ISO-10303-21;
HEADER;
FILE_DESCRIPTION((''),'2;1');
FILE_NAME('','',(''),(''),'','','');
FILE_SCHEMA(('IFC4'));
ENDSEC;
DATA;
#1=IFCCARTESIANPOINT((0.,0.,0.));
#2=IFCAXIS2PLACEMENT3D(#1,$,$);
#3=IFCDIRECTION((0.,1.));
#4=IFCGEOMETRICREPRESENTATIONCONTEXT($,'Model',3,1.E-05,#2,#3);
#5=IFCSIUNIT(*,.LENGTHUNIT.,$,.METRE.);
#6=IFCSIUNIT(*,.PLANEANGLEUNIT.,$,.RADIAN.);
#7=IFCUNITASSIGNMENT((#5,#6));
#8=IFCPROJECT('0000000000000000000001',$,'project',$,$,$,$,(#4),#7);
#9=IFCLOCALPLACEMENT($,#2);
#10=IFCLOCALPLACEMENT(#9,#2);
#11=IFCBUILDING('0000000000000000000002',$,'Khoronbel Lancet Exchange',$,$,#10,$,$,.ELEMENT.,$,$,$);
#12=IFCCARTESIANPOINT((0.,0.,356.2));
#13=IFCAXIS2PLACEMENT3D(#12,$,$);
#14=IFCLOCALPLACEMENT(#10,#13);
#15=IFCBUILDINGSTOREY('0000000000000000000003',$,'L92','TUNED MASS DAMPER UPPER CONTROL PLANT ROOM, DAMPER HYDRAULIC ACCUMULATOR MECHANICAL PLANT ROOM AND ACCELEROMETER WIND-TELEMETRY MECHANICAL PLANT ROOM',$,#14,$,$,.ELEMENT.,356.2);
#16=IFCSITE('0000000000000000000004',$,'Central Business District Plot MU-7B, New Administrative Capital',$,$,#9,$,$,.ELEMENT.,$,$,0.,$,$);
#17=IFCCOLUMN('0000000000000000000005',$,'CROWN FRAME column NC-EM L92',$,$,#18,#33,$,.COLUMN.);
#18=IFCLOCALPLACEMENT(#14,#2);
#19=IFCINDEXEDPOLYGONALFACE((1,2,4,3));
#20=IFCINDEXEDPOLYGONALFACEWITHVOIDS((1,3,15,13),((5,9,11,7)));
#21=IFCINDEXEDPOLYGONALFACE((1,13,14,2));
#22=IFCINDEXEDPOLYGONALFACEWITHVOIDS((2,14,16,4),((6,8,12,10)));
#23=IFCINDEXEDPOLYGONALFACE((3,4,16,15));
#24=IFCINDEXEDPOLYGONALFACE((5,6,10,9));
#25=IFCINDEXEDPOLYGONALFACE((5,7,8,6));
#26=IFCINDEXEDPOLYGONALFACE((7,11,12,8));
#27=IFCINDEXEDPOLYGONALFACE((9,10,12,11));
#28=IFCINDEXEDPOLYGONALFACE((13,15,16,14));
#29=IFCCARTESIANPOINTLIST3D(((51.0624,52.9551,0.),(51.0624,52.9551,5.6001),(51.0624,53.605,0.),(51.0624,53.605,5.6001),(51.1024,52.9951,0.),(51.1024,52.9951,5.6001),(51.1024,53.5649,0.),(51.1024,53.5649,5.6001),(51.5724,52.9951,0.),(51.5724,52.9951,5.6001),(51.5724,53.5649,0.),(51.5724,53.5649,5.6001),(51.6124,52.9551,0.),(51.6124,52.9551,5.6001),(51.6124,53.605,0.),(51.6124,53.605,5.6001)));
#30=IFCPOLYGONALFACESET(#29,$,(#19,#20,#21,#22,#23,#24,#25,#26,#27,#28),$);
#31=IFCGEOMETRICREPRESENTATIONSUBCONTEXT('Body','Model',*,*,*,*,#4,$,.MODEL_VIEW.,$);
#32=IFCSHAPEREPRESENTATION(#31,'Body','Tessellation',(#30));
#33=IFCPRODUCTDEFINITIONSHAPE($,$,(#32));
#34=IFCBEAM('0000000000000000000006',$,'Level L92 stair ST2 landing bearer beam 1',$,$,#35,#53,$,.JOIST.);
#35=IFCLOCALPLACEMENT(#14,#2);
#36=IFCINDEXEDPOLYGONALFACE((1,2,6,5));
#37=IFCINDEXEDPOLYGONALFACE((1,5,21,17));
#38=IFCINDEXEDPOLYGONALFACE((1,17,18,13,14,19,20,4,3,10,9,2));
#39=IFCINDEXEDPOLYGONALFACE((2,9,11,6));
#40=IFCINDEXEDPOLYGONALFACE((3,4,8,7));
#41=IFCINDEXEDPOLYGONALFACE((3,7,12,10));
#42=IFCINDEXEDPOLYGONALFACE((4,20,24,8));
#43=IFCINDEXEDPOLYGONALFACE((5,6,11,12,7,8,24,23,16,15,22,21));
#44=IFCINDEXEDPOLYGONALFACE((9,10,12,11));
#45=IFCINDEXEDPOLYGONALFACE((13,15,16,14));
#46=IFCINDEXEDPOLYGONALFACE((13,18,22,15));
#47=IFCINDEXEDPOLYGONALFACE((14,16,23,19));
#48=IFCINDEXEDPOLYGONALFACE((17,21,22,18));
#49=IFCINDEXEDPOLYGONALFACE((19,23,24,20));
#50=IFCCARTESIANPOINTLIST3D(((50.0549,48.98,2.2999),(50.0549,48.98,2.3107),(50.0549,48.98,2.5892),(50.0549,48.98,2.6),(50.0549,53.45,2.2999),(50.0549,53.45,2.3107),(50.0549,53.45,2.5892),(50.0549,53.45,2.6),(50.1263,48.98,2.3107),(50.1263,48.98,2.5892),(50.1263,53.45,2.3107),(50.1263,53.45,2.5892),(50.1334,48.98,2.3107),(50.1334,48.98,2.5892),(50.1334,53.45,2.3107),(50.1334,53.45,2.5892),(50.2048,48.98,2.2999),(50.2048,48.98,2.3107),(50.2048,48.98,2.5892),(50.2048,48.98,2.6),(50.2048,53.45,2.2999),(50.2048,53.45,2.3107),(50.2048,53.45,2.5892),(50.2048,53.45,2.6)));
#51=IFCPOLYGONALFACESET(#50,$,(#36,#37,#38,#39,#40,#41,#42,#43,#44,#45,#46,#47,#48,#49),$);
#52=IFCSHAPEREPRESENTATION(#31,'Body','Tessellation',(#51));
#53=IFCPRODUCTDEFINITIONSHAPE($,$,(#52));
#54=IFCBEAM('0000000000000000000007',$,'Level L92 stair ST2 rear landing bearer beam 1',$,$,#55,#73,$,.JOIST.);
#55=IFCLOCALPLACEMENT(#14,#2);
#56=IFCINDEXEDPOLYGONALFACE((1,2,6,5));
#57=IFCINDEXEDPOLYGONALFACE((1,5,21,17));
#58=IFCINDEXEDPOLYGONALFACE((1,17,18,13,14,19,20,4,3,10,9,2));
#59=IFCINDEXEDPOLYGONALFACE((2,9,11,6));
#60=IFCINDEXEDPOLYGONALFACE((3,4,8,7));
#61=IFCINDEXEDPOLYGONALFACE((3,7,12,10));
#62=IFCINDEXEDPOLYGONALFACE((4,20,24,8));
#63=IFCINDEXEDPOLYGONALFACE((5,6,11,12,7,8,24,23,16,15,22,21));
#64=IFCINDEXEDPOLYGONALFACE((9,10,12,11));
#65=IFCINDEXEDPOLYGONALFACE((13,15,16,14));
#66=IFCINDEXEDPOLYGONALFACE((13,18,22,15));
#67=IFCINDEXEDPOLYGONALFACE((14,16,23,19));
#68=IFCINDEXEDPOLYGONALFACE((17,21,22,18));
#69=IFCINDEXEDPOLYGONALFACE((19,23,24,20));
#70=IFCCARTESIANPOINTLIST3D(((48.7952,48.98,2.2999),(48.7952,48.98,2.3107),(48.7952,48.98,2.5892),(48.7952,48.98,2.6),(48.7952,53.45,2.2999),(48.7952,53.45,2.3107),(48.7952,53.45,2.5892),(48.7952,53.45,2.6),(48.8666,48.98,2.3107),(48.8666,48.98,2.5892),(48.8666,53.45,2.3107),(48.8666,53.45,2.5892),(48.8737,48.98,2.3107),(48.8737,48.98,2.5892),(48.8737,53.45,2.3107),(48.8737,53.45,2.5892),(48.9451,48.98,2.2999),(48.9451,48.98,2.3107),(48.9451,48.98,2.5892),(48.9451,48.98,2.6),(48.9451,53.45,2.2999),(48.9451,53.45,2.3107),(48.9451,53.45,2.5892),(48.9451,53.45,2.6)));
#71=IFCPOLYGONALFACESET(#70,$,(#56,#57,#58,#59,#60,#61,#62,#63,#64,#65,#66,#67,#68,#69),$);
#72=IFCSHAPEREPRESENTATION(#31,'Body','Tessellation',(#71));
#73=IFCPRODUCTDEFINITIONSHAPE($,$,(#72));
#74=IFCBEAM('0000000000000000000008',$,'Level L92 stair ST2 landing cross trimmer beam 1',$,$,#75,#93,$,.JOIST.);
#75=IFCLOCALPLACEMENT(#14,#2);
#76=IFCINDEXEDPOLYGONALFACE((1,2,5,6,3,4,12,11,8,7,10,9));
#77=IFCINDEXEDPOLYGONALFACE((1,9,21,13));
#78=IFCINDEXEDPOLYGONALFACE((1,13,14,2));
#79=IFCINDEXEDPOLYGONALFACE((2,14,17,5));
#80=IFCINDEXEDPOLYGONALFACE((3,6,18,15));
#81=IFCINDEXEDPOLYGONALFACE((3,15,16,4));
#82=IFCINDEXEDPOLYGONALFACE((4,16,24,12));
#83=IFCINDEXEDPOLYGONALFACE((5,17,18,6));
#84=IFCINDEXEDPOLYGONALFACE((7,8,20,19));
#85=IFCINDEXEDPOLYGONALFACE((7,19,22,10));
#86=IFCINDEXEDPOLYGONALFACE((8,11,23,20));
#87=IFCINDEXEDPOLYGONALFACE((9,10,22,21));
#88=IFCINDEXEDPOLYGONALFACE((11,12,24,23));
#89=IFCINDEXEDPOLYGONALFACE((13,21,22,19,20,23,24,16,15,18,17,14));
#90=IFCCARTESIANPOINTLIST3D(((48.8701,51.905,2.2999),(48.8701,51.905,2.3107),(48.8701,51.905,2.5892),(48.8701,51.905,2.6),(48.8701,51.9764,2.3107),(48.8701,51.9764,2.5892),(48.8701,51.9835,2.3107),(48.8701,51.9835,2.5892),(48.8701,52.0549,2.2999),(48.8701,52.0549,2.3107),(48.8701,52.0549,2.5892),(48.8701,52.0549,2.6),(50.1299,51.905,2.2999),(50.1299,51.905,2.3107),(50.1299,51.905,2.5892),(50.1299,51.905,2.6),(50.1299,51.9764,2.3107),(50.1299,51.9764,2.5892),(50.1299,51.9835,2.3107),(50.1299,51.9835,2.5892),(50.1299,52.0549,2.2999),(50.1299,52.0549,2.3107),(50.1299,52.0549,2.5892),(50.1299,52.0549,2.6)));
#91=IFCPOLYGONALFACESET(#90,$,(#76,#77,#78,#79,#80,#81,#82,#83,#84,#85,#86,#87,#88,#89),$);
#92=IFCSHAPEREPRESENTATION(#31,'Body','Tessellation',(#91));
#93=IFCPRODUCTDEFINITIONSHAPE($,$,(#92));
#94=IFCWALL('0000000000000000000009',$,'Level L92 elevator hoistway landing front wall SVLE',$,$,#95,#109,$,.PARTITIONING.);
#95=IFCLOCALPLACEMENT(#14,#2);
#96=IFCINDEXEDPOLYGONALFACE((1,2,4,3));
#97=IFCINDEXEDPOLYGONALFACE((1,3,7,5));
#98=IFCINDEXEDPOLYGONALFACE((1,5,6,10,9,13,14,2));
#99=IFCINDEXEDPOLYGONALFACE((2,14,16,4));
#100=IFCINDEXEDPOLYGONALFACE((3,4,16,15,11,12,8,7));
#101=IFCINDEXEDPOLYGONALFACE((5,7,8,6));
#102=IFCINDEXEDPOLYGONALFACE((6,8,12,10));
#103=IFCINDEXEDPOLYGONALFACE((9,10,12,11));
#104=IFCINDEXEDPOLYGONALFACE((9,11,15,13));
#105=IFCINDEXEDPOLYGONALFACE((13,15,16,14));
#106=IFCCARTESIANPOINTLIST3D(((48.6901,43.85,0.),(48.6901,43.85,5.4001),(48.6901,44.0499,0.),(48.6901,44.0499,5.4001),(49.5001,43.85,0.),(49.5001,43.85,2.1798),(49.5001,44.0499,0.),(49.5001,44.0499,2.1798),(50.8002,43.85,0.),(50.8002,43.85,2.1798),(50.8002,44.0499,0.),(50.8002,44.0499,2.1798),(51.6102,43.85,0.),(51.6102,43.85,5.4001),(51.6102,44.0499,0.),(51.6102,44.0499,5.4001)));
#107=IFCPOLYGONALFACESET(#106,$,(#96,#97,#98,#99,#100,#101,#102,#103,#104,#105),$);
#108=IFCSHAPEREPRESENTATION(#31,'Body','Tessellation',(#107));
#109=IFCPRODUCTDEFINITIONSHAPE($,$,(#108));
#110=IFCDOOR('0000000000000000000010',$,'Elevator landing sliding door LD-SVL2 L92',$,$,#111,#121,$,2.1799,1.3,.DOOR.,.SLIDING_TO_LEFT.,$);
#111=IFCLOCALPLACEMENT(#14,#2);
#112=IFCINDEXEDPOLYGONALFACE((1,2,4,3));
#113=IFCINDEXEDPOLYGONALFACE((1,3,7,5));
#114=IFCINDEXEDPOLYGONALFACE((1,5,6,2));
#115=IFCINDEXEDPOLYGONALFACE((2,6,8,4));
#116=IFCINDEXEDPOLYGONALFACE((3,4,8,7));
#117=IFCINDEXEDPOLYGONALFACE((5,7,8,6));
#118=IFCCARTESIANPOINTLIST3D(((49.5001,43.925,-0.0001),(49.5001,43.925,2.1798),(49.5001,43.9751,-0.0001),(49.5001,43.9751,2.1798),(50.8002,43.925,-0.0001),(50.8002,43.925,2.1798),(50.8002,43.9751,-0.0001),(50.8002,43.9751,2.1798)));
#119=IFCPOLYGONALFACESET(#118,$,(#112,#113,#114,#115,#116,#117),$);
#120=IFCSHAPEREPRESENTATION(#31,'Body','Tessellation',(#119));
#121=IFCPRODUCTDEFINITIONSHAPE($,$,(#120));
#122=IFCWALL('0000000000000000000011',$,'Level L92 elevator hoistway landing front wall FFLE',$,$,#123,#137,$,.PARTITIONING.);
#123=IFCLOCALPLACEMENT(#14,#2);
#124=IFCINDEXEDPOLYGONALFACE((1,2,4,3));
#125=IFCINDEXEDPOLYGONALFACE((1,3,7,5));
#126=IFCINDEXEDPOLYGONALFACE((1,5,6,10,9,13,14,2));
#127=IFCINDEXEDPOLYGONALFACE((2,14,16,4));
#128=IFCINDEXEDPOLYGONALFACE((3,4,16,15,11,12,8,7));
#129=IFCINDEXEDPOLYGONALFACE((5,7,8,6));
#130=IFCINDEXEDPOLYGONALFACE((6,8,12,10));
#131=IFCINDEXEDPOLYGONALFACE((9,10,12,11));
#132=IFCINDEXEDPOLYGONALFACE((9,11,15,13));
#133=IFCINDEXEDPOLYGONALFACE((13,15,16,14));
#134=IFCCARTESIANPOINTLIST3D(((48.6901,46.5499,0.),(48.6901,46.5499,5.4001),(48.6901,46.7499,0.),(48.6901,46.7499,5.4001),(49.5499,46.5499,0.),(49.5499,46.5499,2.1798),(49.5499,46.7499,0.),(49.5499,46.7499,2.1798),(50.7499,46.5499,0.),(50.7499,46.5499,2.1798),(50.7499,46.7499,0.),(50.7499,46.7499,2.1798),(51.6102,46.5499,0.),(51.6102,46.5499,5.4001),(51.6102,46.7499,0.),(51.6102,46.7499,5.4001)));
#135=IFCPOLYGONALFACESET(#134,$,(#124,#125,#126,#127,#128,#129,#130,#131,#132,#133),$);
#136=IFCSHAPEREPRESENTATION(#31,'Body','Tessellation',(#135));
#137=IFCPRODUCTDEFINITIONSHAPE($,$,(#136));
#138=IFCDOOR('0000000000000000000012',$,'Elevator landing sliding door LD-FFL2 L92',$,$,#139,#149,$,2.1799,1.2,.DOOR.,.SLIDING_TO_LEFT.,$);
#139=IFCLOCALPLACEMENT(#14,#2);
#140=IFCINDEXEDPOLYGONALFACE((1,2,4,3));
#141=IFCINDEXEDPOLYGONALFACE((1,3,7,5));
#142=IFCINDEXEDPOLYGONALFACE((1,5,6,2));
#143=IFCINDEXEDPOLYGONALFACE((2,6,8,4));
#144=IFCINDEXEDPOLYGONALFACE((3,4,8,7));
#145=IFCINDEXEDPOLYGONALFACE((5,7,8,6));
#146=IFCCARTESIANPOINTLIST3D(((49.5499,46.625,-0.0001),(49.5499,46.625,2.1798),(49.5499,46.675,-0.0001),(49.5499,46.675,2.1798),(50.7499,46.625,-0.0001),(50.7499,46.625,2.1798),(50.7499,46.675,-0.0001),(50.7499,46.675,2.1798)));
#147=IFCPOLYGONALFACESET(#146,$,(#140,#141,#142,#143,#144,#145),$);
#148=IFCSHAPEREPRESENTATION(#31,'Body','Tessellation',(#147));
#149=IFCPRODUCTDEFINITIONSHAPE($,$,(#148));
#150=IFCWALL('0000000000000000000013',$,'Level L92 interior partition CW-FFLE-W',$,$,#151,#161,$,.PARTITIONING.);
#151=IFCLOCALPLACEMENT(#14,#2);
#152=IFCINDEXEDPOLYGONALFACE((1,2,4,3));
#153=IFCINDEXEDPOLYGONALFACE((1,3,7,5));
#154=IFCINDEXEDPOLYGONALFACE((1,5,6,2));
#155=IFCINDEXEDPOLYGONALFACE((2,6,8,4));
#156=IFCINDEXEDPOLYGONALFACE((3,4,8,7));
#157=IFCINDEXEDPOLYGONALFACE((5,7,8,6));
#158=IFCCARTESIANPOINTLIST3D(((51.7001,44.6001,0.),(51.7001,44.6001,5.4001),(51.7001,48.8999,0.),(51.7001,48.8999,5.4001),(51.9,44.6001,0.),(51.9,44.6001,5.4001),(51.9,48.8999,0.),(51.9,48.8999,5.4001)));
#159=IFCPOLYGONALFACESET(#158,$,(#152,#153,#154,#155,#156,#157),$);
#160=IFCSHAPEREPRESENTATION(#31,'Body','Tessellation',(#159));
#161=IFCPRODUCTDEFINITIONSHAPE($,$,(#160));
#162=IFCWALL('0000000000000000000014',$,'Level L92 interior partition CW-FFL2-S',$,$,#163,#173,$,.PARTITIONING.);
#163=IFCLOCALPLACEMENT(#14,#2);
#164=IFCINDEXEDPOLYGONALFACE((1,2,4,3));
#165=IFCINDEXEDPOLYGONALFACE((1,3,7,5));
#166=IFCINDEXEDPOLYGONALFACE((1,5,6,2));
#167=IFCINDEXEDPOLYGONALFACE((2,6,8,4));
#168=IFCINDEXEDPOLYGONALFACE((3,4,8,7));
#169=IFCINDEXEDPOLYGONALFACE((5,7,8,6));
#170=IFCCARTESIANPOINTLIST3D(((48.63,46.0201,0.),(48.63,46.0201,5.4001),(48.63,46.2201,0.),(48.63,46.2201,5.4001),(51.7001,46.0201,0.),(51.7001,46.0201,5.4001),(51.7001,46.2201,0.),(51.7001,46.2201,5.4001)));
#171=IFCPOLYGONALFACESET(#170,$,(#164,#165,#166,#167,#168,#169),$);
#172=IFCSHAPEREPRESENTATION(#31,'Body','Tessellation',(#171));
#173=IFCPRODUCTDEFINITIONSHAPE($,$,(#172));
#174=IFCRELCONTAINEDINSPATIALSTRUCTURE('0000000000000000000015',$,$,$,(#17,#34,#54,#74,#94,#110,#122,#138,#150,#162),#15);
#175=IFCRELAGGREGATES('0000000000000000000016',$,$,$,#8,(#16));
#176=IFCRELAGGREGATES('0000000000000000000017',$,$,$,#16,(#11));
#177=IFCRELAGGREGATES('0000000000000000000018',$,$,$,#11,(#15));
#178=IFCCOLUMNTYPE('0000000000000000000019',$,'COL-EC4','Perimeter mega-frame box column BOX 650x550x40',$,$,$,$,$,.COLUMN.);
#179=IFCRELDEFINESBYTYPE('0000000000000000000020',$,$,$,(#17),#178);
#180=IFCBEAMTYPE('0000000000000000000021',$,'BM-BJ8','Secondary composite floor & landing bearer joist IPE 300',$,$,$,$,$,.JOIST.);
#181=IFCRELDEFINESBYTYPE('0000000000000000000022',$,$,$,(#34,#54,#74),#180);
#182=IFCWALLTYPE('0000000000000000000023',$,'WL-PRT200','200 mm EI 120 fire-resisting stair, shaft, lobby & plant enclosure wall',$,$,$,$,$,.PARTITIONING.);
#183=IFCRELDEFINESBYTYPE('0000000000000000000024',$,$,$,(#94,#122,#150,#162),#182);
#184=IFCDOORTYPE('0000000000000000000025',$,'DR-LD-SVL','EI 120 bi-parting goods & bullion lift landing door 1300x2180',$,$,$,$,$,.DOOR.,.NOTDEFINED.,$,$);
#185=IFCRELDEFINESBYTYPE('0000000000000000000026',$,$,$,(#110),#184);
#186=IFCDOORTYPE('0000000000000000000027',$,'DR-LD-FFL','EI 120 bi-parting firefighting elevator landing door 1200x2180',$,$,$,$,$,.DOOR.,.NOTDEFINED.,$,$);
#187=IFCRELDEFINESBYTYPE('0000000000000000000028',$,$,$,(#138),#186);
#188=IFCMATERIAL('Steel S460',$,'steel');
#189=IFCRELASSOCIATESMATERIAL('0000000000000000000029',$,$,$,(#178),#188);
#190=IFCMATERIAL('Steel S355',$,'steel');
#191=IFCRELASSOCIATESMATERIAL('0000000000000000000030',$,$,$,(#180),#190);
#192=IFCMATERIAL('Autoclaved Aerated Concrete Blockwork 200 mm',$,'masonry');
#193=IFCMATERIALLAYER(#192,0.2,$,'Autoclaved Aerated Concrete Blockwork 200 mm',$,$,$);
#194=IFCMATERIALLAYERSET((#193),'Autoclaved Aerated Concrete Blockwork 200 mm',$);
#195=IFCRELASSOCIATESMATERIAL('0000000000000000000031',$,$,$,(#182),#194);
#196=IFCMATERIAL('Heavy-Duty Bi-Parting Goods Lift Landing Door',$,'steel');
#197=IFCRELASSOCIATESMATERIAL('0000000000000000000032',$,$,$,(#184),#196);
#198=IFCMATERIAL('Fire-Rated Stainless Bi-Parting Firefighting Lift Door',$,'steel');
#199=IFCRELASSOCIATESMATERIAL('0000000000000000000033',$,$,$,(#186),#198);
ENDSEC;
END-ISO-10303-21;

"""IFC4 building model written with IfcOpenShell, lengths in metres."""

from ifc_helpers import new_model, si_unit, direction, frame, frame_2d, origin, origin_2d, place, context, subcontext, project, spatial, rectangle, hollow_rectangle, i_section, extrude, material, layer, layer_set, material_profile, profile_set, type_object, element, fill, save


model = new_model("IFC4")

# Units and contexts
model_context = context("Model", 3, precision=1e-05, world=origin(), true_north=direction((0.0, 1.0)))
body_context = subcontext(model_context, "Body", "Model", "MODEL_VIEW")
ifc_project = project(units=[si_unit("LENGTHUNIT", "METRE"), si_unit("PLANEANGLEUNIT", "RADIAN")], contexts=[model_context])

# Site, building, storey
site_placement = place(None, origin())
site = spatial("IfcSite", under=ifc_project, at=site_placement, Name="Central Business District Plot MU-7B, New Administrative Capital", CompositionType="ELEMENT", RefElevation=0.0)
building_placement = place(site_placement, origin())
building = spatial("IfcBuilding", under=site, at=building_placement, Name="Khoronbel Lancet Exchange", CompositionType="ELEMENT")
storey_placement = place(building_placement, frame((0.0, 0.0, 356.2)))
storey = spatial("IfcBuildingStorey", under=building, at=storey_placement, Name="L92", Description="TUNED MASS DAMPER UPPER CONTROL PLANT ROOM, DAMPER HYDRAULIC ACCUMULATOR MECHANICAL PLANT ROOM AND ACCELEROMETER WIND-TELEMETRY MECHANICAL PLANT ROOM", CompositionType="ELEMENT", Elevation=356.2)

# Column
ifc_material_1 = material(Name="Steel S460", Category="steel")
ifc_material_profile_1 = material_profile(ifc_material_1, hollow_rectangle(XDim=0.55, YDim=0.6499, WallThickness=0.04, at=origin_2d()), Name="BOX 650x550x40")
ifc_profile_set_1 = profile_set([ifc_material_profile_1], Name="Steel S460")
column_type = type_object("IfcColumnType", Name="COL-EC4", Description="Perimeter mega-frame box column BOX 650x550x40", PredefinedType="COLUMN", material=ifc_profile_set_1)
column_placement = place(storey_placement, frame((51.3374, 53.28, 0.0), z_axis=(0.0, 0.0, 1.0), x_axis=(1.0, 0.0, 0.0)))
element("IfcColumn", 1, at=column_placement, inside=storey, type_object=column_type, Name="CROWN FRAME column NC-EM L92", PredefinedType="COLUMN", context=body_context, shape_type="SweptSolid", body=[
    extrude(hollow_rectangle(XDim=0.55, YDim=0.6499, WallThickness=0.04, at=origin_2d()), origin(), (0.0, 0.0, 1.0), 5.6001),
])

# Beams
ifc_material_2 = material(Name="Steel S355", Category="steel")
ifc_material_profile_2 = material_profile(ifc_material_2, i_section(OverallWidth=0.1499, OverallDepth=0.3, WebThickness=0.0071, FlangeThickness=0.0107, at=origin_2d()), Name="IPE 300")
ifc_profile_set_2 = profile_set([ifc_material_profile_2], Name="Steel S355")
beam_type = type_object("IfcBeamType", Name="BM-BJ8", Description="Secondary composite floor & landing bearer joist IPE 300", PredefinedType="JOIST", material=ifc_profile_set_2)
for number, where, z_axis, x_axis, name in (
    (2, (50.1299, 48.98, 2.45), (0.0, 1.0, 0.0), (-1.0, 0.0, 0.0), "Level L92 stair ST2 landing bearer beam 1"),
    (3, (48.8701, 48.98, 2.45), (0.0, 1.0, 0.0), (-1.0, 0.0, 0.0), "Level L92 stair ST2 rear landing bearer beam 1"),
):
    element("IfcBeam", number, at=place(storey_placement, frame(where, z_axis=z_axis, x_axis=x_axis)), inside=storey, type_object=beam_type, Name=name, PredefinedType="JOIST", context=body_context, shape_type="SweptSolid", body=[
        extrude(i_section(OverallWidth=0.1499, OverallDepth=0.3, WebThickness=0.0071, FlangeThickness=0.0107, at=origin_2d()), origin(), (0.0, 0.0, 1.0), 4.47),
    ])
beam_placement = place(storey_placement, frame((48.8701, 51.98, 2.45), z_axis=(1.0, 0.0, 0.0), x_axis=(0.0, 1.0, 0.0)))
element("IfcBeam", 4, at=beam_placement, inside=storey, type_object=beam_type, Name="Level L92 stair ST2 landing cross trimmer beam 1", PredefinedType="JOIST", context=body_context, shape_type="SweptSolid", body=[
    extrude(i_section(OverallWidth=0.1499, OverallDepth=0.3, WebThickness=0.0071, FlangeThickness=0.0107, at=origin_2d()), origin(), (0.0, 0.0, 1.0), 1.2598),
])

# Walls, openings, doors
ifc_material_3 = material(Name="Autoclaved Aerated Concrete Blockwork 200 mm", Category="masonry")
ifc_layer_1 = layer(ifc_material_3, 0.2, Name="Autoclaved Aerated Concrete Blockwork 200 mm")
ifc_layer_set_1 = layer_set([ifc_layer_1], Name="Autoclaved Aerated Concrete Blockwork 200 mm")
wall_type_1 = type_object("IfcWallType", Name="WL-PRT200", Description="200 mm EI 120 fire-resisting stair, shaft, lobby & plant enclosure wall", PredefinedType="PARTITIONING", material=ifc_layer_set_1)
wall_1_placement = place(storey_placement, frame((51.6101, 43.95, 0.0), z_axis=(0.0, 0.0, 1.0), x_axis=(-1.0, 0.0, 0.0)))
wall_1 = element("IfcWall", 5, at=wall_1_placement, inside=storey, type_object=wall_type_1, Name="Level L92 elevator hoistway landing front wall SVLE", PredefinedType="PARTITIONING", context=body_context, shape_type="SweptSolid", body=[
    extrude(rectangle(XDim=2.9202, YDim=0.2, at=frame_2d((1.46, 0.0))), origin(), (0.0, 0.0, 1.0), 5.4001),
])
opening_1_placement = place(wall_1_placement, frame((0.8101, 0.0, 0.0)))
opening_1 = element("IfcOpeningElement", 6, at=opening_1_placement, cuts=wall_1, PredefinedType="OPENING", context=body_context, shape_type="SweptSolid", body=[
    extrude(rectangle(XDim=1.3, YDim=2.1799, at=frame_2d((0.6499, 1.0898))), frame((0.0, 0.1099, 0.0), z_axis=(0.0, -1.0, 0.0), x_axis=(1.0, 0.0, 0.0)), (0.0, 0.0, 1.0), 0.22),
])
ifc_material_4 = material(Name="Heavy-Duty Bi-Parting Goods Lift Landing Door", Category="steel")
door_type_1 = type_object("IfcDoorType", Name="DR-LD-SVL", Description="EI 120 bi-parting goods & bullion lift landing door 1300x2180", OperationType="NOTDEFINED", PredefinedType="DOOR", material=ifc_material_4)
door_1_placement = place(opening_1_placement, origin())
door_1 = element("IfcDoor", 7, at=door_1_placement, inside=storey, type_object=door_type_1, Name="Elevator landing sliding door LD-SVL2 L92", OperationType="SLIDING_TO_LEFT", OverallHeight=2.1799, OverallWidth=1.3, PredefinedType="DOOR", context=body_context, shape_type="SweptSolid", body=[
    extrude(rectangle(XDim=1.3, YDim=2.1799, at=frame_2d((0.6499, 1.0898))), frame((0.0, 0.0249, 0.0), z_axis=(0.0, -1.0, 0.0), x_axis=(1.0, 0.0, 0.0)), (0.0, 0.0, 1.0), 0.05),
])
fill(opening_1, door_1)
wall_2_placement = place(storey_placement, frame((51.6101, 46.6499, 0.0), z_axis=(0.0, 0.0, 1.0), x_axis=(-1.0, 0.0, 0.0)))
wall_2 = element("IfcWall", 8, at=wall_2_placement, inside=storey, type_object=wall_type_1, Name="Level L92 elevator hoistway landing front wall FFLE", PredefinedType="PARTITIONING", context=body_context, shape_type="SweptSolid", body=[
    extrude(rectangle(XDim=2.9202, YDim=0.2, at=frame_2d((1.46, 0.0))), origin(), (0.0, 0.0, 1.0), 5.4001),
])
opening_2_placement = place(wall_2_placement, frame((0.8601, 0.0, 0.0)))
opening_2 = element("IfcOpeningElement", 9, at=opening_2_placement, cuts=wall_2, PredefinedType="OPENING", context=body_context, shape_type="SweptSolid", body=[
    extrude(rectangle(XDim=1.2, YDim=2.1799, at=frame_2d((0.6001, 1.0898))), frame((0.0, 0.1099, 0.0), z_axis=(0.0, -1.0, 0.0), x_axis=(1.0, 0.0, 0.0)), (0.0, 0.0, 1.0), 0.22),
])
ifc_material_5 = material(Name="Fire-Rated Stainless Bi-Parting Firefighting Lift Door", Category="steel")
door_type_2 = type_object("IfcDoorType", Name="DR-LD-FFL", Description="EI 120 bi-parting firefighting elevator landing door 1200x2180", OperationType="NOTDEFINED", PredefinedType="DOOR", material=ifc_material_5)
door_2_placement = place(opening_2_placement, origin())
door_2 = element("IfcDoor", 10, at=door_2_placement, inside=storey, type_object=door_type_2, Name="Elevator landing sliding door LD-FFL2 L92", OperationType="SLIDING_TO_LEFT", OverallHeight=2.1799, OverallWidth=1.2, PredefinedType="DOOR", context=body_context, shape_type="SweptSolid", body=[
    extrude(rectangle(XDim=1.2, YDim=2.1799, at=frame_2d((0.6001, 1.0898))), frame((0.0, 0.0249, 0.0), z_axis=(0.0, -1.0, 0.0), x_axis=(1.0, 0.0, 0.0)), (0.0, 0.0, 1.0), 0.05),
])
fill(opening_2, door_2)

# Walls
wall_3_placement = place(storey_placement, frame((51.8, 44.6001, 0.0), z_axis=(0.0, 0.0, 1.0), x_axis=(0.0, 1.0, 0.0)))
element("IfcWall", 11, at=wall_3_placement, inside=storey, type_object=wall_type_1, Name="Level L92 interior partition CW-FFLE-W", PredefinedType="PARTITIONING", context=body_context, shape_type="SweptSolid", body=[
    extrude(rectangle(XDim=4.2998, YDim=0.2, at=frame_2d((2.1499, 0.0))), origin(), (0.0, 0.0, 1.0), 5.4001),
])
wall_4_placement = place(storey_placement, frame((48.6299, 46.1201, 0.0), z_axis=(0.0, 0.0, 1.0), x_axis=(1.0, 0.0, 0.0)))
element("IfcWall", 12, at=wall_4_placement, inside=storey, type_object=wall_type_1, Name="Level L92 interior partition CW-FFL2-S", PredefinedType="PARTITIONING", context=body_context, shape_type="SweptSolid", body=[
    extrude(rectangle(XDim=3.0701, YDim=0.2, at=frame_2d((1.5352, 0.0))), origin(), (0.0, 0.0, 1.0), 5.4001),
])

save(model, "model.ifc")
